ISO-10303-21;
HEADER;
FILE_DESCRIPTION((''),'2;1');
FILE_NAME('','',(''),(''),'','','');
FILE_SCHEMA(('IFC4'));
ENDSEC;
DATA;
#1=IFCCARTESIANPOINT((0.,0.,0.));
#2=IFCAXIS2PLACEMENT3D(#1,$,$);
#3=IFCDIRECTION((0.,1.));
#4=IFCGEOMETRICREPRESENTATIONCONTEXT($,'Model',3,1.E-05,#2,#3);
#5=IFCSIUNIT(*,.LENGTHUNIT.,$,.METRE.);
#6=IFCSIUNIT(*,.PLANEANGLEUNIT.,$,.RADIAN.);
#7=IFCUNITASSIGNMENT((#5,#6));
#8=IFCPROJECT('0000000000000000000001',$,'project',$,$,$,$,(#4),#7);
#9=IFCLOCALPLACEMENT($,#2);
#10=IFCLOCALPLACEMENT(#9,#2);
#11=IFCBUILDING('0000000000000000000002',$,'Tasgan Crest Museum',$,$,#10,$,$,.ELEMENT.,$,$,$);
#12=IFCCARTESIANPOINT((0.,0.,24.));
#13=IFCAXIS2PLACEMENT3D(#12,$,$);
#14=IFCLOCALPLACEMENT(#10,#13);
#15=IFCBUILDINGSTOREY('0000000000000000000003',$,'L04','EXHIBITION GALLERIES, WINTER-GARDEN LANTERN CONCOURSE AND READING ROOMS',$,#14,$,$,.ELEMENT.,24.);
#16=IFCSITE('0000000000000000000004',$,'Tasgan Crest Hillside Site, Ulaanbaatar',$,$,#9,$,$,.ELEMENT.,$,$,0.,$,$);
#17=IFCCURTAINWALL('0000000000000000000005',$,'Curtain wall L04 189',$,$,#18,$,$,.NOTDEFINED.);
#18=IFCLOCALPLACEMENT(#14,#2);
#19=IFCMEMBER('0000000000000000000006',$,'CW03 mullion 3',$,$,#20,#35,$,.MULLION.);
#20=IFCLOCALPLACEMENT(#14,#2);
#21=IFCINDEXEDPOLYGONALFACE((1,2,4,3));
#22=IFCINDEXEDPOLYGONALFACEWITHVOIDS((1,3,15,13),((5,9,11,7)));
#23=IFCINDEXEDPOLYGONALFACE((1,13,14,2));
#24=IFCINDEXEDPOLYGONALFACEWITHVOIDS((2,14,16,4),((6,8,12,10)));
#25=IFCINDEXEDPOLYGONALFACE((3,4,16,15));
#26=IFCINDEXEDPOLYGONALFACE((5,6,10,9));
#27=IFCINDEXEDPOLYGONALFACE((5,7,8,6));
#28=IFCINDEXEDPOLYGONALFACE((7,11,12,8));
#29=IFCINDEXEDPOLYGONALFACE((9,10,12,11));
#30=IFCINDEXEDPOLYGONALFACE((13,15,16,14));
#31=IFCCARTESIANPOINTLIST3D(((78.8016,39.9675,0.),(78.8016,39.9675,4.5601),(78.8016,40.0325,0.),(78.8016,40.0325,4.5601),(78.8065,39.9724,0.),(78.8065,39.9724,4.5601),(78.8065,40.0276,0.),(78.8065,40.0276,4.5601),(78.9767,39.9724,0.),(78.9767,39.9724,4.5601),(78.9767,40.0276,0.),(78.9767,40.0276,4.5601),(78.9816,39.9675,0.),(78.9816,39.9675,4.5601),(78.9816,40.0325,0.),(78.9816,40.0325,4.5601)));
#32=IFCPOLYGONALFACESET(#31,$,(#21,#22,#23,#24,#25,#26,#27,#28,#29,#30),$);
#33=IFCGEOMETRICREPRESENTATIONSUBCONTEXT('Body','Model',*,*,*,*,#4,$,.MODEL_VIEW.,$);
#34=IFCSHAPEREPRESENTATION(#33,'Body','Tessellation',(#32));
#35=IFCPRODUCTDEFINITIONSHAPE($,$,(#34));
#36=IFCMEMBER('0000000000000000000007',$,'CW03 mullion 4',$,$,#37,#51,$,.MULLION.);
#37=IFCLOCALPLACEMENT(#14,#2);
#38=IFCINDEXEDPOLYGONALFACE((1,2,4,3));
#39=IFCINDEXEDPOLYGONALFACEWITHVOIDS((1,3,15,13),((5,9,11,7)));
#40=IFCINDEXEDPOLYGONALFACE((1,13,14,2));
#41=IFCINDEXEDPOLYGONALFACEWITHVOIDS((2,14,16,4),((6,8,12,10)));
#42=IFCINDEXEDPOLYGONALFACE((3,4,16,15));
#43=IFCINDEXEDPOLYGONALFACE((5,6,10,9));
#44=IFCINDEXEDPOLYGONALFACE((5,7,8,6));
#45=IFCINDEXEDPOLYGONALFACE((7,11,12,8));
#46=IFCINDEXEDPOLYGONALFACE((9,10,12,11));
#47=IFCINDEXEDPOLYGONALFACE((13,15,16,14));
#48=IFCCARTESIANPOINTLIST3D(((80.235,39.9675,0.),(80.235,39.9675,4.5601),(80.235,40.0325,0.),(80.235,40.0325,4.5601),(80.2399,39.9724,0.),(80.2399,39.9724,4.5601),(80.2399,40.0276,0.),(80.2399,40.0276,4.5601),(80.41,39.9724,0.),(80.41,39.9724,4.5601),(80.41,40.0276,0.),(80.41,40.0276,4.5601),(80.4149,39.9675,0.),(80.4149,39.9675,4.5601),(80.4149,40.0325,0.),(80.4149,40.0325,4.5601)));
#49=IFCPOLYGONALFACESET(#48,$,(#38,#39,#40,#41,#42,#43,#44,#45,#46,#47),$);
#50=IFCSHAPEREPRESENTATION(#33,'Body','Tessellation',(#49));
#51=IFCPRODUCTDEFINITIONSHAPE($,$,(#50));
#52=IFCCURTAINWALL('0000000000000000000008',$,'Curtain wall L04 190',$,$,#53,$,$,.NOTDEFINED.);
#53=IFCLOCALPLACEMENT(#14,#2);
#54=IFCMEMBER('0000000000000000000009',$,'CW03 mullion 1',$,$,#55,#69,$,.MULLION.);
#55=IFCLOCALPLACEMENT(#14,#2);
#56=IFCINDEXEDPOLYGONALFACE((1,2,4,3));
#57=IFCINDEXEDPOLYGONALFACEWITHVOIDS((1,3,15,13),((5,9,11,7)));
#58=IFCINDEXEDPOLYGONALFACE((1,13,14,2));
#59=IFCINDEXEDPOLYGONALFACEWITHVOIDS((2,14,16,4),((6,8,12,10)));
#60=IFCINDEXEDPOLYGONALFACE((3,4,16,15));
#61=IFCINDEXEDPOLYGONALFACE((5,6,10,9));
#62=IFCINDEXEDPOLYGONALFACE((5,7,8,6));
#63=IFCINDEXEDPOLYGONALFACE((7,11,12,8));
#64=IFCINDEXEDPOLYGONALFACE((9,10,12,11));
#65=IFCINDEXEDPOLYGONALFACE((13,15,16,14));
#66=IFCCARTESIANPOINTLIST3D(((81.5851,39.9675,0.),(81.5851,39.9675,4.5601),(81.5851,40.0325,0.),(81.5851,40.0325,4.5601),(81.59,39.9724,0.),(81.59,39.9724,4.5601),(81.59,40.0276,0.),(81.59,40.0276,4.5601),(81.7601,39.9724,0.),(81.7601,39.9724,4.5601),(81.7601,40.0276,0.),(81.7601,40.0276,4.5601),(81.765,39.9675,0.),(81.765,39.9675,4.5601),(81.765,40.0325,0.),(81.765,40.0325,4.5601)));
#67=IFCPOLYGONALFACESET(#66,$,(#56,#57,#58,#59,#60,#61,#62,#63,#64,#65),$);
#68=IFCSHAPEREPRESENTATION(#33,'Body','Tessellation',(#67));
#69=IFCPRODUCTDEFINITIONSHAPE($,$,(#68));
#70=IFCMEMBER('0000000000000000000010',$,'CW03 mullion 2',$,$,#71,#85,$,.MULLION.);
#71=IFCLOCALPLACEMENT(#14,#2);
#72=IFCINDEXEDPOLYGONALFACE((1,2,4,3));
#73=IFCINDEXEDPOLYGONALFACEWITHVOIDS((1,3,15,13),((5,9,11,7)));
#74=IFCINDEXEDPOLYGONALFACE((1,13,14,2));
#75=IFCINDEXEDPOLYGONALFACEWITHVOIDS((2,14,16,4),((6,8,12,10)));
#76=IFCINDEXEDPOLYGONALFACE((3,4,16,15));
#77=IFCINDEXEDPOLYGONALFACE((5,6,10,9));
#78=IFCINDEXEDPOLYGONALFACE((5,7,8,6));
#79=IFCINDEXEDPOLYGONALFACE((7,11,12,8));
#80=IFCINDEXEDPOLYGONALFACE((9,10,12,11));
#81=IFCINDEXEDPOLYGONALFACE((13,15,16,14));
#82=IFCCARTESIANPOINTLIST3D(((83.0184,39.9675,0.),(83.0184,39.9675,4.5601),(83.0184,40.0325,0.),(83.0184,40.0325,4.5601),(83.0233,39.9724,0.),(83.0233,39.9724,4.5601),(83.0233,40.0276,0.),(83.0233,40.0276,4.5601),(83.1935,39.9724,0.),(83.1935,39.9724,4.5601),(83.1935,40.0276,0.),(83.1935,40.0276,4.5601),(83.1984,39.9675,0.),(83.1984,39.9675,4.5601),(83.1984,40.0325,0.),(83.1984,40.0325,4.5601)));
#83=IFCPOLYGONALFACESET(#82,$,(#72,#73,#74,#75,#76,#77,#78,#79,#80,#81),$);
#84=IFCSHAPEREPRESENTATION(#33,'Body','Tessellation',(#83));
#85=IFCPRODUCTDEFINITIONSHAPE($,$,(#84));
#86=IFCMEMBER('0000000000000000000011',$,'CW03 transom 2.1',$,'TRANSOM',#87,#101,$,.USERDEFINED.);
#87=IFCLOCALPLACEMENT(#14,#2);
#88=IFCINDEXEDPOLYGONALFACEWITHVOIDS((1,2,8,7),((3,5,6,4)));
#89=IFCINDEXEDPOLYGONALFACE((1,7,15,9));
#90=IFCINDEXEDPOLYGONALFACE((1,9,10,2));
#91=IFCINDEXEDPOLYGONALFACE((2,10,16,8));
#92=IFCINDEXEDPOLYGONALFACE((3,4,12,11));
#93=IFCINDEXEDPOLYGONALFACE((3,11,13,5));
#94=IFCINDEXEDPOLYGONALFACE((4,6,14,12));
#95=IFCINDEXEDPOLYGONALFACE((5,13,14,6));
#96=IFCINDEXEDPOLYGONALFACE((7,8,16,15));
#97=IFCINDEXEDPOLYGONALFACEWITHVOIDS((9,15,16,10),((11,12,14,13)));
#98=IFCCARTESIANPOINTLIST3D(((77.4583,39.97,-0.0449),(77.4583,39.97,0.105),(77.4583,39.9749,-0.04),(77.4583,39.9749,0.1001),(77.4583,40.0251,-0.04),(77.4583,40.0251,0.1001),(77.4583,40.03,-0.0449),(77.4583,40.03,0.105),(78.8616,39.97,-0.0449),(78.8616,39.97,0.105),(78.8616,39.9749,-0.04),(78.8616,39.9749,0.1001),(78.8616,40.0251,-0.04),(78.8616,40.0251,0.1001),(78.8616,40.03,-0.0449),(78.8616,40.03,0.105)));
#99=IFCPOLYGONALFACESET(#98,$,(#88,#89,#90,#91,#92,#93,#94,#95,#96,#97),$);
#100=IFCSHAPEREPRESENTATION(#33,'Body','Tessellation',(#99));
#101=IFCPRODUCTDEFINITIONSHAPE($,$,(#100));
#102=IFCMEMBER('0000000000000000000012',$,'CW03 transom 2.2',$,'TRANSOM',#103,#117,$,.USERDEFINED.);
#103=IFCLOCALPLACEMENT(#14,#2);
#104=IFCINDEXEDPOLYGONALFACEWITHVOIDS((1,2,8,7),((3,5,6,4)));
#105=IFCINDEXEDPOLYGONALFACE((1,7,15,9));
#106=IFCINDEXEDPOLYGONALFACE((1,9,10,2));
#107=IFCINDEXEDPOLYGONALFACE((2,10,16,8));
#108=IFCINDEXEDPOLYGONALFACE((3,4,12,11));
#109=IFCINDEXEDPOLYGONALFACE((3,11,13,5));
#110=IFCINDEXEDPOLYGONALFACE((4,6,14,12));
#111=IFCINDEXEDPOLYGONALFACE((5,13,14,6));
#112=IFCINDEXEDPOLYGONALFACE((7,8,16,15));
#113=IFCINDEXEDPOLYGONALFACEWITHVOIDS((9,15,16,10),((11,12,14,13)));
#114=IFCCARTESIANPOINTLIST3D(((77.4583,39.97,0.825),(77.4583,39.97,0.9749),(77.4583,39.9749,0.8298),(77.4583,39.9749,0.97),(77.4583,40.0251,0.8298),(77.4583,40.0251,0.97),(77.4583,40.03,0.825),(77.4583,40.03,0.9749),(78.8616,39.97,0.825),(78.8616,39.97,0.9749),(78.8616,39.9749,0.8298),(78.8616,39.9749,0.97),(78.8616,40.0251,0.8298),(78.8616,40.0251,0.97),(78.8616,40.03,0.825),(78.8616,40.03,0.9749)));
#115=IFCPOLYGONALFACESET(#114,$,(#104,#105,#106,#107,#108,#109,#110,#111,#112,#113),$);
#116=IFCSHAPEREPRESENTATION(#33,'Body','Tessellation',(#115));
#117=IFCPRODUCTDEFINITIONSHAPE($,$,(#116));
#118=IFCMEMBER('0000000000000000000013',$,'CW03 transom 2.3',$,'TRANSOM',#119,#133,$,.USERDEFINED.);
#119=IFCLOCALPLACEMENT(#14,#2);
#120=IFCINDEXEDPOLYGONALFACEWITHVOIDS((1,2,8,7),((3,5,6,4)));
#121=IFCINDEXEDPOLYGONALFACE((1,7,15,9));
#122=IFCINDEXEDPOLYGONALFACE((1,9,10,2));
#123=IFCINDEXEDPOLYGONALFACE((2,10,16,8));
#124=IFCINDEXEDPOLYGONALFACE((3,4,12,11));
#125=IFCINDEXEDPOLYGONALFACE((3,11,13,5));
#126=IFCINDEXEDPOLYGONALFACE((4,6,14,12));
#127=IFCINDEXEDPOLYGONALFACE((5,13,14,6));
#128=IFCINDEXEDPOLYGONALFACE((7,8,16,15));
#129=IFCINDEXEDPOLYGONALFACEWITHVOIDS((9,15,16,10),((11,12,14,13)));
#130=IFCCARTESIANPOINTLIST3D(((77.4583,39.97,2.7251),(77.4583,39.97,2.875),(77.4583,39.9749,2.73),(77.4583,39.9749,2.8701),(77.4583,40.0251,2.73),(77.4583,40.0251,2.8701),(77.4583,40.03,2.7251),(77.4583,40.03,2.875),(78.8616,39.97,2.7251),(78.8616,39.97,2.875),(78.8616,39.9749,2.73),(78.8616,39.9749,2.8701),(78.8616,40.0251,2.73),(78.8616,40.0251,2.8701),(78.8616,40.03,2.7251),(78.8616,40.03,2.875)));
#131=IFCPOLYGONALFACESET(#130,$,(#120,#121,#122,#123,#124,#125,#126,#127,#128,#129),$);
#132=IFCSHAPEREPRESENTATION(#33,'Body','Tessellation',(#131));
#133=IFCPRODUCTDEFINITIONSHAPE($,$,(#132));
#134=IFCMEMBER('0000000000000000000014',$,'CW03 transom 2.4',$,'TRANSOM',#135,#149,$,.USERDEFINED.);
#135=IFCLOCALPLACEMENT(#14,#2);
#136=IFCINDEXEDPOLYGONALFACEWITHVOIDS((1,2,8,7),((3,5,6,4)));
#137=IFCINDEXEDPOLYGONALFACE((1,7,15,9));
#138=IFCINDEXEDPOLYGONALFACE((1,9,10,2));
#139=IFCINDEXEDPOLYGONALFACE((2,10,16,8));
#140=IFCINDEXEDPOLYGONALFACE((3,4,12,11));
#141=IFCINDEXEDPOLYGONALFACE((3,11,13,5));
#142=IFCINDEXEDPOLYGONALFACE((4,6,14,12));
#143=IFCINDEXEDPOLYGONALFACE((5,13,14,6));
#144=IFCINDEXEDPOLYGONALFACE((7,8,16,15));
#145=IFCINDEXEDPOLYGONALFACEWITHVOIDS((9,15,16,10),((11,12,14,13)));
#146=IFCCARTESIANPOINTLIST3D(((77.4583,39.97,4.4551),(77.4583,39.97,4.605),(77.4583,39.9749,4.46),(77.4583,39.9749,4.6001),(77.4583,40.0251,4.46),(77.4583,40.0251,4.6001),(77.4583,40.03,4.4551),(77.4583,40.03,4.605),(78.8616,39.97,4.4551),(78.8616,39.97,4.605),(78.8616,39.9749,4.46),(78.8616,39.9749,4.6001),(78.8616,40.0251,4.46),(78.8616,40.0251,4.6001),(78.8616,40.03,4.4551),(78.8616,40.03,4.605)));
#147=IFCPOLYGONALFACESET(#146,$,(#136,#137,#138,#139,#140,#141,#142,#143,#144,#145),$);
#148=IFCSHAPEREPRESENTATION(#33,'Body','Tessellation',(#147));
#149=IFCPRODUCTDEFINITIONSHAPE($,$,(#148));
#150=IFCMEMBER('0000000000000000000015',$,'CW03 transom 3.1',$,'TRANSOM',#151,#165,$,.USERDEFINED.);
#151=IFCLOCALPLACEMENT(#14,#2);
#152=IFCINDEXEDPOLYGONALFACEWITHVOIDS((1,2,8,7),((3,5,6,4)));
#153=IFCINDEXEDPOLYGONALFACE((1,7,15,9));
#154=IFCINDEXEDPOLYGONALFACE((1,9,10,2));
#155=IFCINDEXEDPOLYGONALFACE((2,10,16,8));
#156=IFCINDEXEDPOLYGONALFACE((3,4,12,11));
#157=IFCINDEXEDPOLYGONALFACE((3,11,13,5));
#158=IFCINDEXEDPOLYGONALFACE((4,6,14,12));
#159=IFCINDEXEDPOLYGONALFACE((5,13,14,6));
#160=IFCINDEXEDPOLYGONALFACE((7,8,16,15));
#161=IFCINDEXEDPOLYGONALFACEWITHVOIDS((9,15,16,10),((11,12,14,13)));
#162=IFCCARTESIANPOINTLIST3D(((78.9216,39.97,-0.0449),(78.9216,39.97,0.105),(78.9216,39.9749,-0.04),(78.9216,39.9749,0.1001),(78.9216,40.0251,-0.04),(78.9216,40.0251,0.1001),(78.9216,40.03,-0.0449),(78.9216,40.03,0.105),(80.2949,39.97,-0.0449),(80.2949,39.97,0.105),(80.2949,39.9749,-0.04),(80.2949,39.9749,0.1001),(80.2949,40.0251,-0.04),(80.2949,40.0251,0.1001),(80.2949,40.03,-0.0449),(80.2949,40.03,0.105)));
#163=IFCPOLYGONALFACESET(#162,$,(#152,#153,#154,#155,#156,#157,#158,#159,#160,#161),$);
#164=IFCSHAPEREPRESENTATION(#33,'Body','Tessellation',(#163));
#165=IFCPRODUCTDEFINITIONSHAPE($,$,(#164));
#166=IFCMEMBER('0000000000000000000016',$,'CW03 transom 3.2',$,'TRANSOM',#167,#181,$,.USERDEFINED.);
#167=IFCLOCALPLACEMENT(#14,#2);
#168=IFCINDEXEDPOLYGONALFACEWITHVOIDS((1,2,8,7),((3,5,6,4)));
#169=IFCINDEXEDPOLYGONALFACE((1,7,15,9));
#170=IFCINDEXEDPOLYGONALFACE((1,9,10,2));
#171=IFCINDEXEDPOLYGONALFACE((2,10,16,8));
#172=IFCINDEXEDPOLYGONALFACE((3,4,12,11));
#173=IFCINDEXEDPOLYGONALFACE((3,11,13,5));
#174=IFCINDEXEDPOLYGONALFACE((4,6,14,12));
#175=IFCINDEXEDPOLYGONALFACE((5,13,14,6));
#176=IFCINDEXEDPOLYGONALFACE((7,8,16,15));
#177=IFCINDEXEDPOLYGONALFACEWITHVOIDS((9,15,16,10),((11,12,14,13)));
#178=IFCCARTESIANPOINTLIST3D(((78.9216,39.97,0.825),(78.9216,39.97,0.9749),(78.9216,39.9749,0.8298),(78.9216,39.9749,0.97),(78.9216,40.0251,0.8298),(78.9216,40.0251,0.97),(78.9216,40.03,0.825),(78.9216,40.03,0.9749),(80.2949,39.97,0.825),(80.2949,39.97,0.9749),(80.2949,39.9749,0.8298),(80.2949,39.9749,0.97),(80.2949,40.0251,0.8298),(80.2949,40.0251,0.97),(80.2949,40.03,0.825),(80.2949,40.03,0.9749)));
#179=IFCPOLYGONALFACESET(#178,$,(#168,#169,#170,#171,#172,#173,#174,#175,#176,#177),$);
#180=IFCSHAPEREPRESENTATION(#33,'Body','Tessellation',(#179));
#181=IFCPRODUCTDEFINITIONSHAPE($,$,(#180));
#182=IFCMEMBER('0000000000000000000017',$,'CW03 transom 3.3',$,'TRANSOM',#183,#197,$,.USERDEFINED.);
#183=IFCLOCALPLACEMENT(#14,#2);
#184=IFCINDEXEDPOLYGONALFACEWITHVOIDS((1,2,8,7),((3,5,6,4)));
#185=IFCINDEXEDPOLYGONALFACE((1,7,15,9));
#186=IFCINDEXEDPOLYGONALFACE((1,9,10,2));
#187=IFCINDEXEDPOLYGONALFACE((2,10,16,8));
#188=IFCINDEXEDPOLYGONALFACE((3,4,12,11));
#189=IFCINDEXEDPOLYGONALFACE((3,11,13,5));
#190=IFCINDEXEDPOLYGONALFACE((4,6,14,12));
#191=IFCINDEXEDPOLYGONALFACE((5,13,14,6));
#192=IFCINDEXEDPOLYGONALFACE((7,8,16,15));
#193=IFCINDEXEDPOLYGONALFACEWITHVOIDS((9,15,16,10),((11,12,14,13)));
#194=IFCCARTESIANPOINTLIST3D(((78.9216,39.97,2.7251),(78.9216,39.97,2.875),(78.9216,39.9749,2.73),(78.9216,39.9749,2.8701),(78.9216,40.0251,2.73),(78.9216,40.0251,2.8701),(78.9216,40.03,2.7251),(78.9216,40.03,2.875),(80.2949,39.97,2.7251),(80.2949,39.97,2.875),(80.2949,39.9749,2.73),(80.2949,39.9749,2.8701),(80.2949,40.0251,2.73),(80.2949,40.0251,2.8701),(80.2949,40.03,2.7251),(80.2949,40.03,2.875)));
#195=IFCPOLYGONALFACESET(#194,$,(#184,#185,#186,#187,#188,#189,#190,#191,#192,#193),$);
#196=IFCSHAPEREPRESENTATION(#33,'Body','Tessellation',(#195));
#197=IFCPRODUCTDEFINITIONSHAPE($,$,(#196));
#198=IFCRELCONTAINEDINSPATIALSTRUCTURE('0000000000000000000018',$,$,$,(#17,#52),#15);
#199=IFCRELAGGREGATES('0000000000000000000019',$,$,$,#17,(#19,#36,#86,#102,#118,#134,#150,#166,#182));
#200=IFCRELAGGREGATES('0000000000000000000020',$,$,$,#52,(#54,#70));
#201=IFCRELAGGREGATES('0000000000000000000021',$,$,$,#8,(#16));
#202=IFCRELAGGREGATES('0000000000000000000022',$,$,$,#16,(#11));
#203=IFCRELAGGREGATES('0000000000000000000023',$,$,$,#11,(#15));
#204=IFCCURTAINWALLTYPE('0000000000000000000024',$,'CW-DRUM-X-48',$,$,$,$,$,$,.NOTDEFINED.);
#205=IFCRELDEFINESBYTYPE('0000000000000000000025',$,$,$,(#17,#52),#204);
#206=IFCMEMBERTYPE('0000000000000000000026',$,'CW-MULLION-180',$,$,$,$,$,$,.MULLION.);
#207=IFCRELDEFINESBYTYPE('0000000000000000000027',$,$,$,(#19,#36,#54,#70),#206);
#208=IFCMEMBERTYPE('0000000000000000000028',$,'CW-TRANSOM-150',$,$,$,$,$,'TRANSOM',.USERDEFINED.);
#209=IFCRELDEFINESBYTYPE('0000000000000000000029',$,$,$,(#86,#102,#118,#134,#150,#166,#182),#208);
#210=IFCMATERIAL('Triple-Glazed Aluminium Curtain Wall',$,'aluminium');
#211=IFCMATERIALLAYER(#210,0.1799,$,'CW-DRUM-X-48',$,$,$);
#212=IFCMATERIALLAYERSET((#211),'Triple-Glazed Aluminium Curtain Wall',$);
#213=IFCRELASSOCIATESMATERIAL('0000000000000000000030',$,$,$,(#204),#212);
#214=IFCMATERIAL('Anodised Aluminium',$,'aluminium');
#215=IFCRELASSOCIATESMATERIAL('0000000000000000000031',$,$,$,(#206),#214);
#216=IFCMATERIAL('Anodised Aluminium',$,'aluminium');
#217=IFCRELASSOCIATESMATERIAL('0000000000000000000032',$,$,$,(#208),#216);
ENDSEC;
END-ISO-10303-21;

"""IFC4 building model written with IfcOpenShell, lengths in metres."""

from ifc_helpers import new_model, si_unit, direction, frame, origin, origin_2d, place, context, subcontext, project, spatial, hollow_rectangle, extrude, material, layer, layer_set, material_profile, profile_set, type_object, element, aggregate, save


model = new_model("IFC4")

# Units and contexts
model_context = context("Model", 3, precision=1e-05, world=origin(), true_north=direction((0.0, 1.0)))
body_context = subcontext(model_context, "Body", "Model", "MODEL_VIEW")
ifc_project = project(units=[si_unit("LENGTHUNIT", "METRE"), si_unit("PLANEANGLEUNIT", "RADIAN")], contexts=[model_context])

# Site, building, storey
site_placement = place(None, origin())
site = spatial("IfcSite", under=ifc_project, at=site_placement, Name="Tasgan Crest Hillside Site, Ulaanbaatar", CompositionType="ELEMENT", RefElevation=0.0)
building_placement = place(site_placement, origin())
building = spatial("IfcBuilding", under=site, at=building_placement, Name="Tasgan Crest Museum", CompositionType="ELEMENT")
storey_placement = place(building_placement, frame((0.0, 0.0, 24.0)))
storey = spatial("IfcBuildingStorey", under=building, at=storey_placement, Name="L04", Description="EXHIBITION GALLERIES, WINTER-GARDEN LANTERN CONCOURSE AND READING ROOMS", CompositionType="ELEMENT", Elevation=24.0)

# Curtain walls, members
ifc_material_1 = material(Name="Triple-Glazed Aluminium Curtain Wall", Category="aluminium")
ifc_layer_1 = layer(ifc_material_1, 0.1799, Name="CW-DRUM-X-48")
ifc_layer_set_1 = layer_set([ifc_layer_1], Name="Triple-Glazed Aluminium Curtain Wall")
curtain_wall_type = type_object("IfcCurtainWallType", Name="CW-DRUM-X-48", PredefinedType="NOTDEFINED", material=ifc_layer_set_1)
curtain_wall_1_placement = place(storey_placement, origin())
curtain_wall_1 = element("IfcCurtainWall", 1, at=curtain_wall_1_placement, inside=storey, type_object=curtain_wall_type, Name="Curtain wall L04 189", PredefinedType="NOTDEFINED")
ifc_material_2 = material(Name="Anodised Aluminium", Category="aluminium")
ifc_material_profile_1 = material_profile(ifc_material_2, hollow_rectangle(XDim=0.0649, YDim=0.1799, WallThickness=0.0049, at=origin_2d()), Name="ALU MULLION 180x65x5")
ifc_profile_set_1 = profile_set([ifc_material_profile_1], Name="Anodised Aluminium")
member_type_1 = type_object("IfcMemberType", Name="CW-MULLION-180", PredefinedType="MULLION", material=ifc_profile_set_1)
member_1_placement = place(storey_placement, frame((78.8916, 40.0, 0.0), z_axis=(0.0, 0.0, 1.0), x_axis=(0.0, 1.0, 0.0)))
member_1 = element("IfcMember", 2, at=member_1_placement, type_object=member_type_1, Name="CW03 mullion 3", PredefinedType="MULLION", context=body_context, shape_type="SweptSolid", body=[
    extrude(hollow_rectangle(XDim=0.0649, YDim=0.1799, WallThickness=0.0049, at=origin_2d()), origin(), (0.0, 0.0, 1.0), 4.5601),
])
member_2_placement = place(storey_placement, frame((80.325, 40.0, 0.0), z_axis=(0.0, 0.0, 1.0), x_axis=(0.0, 1.0, 0.0)))
member_2 = element("IfcMember", 3, at=member_2_placement, type_object=member_type_1, Name="CW03 mullion 4", PredefinedType="MULLION", context=body_context, shape_type="SweptSolid", body=[
    extrude(hollow_rectangle(XDim=0.0649, YDim=0.1799, WallThickness=0.0049, at=origin_2d()), origin(), (0.0, 0.0, 1.0), 4.5601),
])
curtain_wall_2_placement = place(storey_placement, origin())
curtain_wall_2 = element("IfcCurtainWall", 4, at=curtain_wall_2_placement, inside=storey, type_object=curtain_wall_type, Name="Curtain wall L04 190", PredefinedType="NOTDEFINED")
member_3_placement = place(storey_placement, frame((81.675, 40.0, 0.0), z_axis=(0.0, 0.0, 1.0), x_axis=(0.0, 1.0, 0.0)))
member_3 = element("IfcMember", 5, at=member_3_placement, type_object=member_type_1, Name="CW03 mullion 1", PredefinedType="MULLION", context=body_context, shape_type="SweptSolid", body=[
    extrude(hollow_rectangle(XDim=0.0649, YDim=0.1799, WallThickness=0.0049, at=origin_2d()), origin(), (0.0, 0.0, 1.0), 4.5601),
])
member_4_placement = place(storey_placement, frame((83.1084, 40.0, 0.0), z_axis=(0.0, 0.0, 1.0), x_axis=(0.0, 1.0, 0.0)))
member_4 = element("IfcMember", 6, at=member_4_placement, type_object=member_type_1, Name="CW03 mullion 2", PredefinedType="MULLION", context=body_context, shape_type="SweptSolid", body=[
    extrude(hollow_rectangle(XDim=0.0649, YDim=0.1799, WallThickness=0.0049, at=origin_2d()), origin(), (0.0, 0.0, 1.0), 4.5601),
])

# Members
ifc_material_3 = material(Name="Anodised Aluminium", Category="aluminium")
ifc_material_profile_2 = material_profile(ifc_material_3, hollow_rectangle(XDim=0.0601, YDim=0.1499, WallThickness=0.0049, at=origin_2d()), Name="ALU TRANSOM 150x60x5")
ifc_profile_set_2 = profile_set([ifc_material_profile_2], Name="Anodised Aluminium")
member_type_2 = type_object("IfcMemberType", Name="CW-TRANSOM-150", ElementType="TRANSOM", PredefinedType="USERDEFINED", material=ifc_profile_set_2)
member_5_placement = place(storey_placement, frame((77.4583, 40.0, 0.03), z_axis=(1.0, 0.0, 0.0), x_axis=(0.0, 1.0, 0.0)))
member_5 = element("IfcMember", 7, at=member_5_placement, type_object=member_type_2, Name="CW03 transom 2.1", ObjectType="TRANSOM", PredefinedType="USERDEFINED", context=body_context, shape_type="SweptSolid", body=[
    extrude(hollow_rectangle(XDim=0.0601, YDim=0.1499, WallThickness=0.0049, at=origin_2d()), origin(), (0.0, 0.0, 1.0), 1.4033),
])
member_6_placement = place(storey_placement, frame((77.4583, 40.0, 0.8999), z_axis=(1.0, 0.0, 0.0), x_axis=(0.0, 1.0, 0.0)))
member_6 = element("IfcMember", 8, at=member_6_placement, type_object=member_type_2, Name="CW03 transom 2.2", ObjectType="TRANSOM", PredefinedType="USERDEFINED", context=body_context, shape_type="SweptSolid", body=[
    extrude(hollow_rectangle(XDim=0.0601, YDim=0.1499, WallThickness=0.0049, at=origin_2d()), origin(), (0.0, 0.0, 1.0), 1.4033),
])
member_7_placement = place(storey_placement, frame((77.4583, 40.0, 2.8), z_axis=(1.0, 0.0, 0.0), x_axis=(0.0, 1.0, 0.0)))
member_7 = element("IfcMember", 9, at=member_7_placement, type_object=member_type_2, Name="CW03 transom 2.3", ObjectType="TRANSOM", PredefinedType="USERDEFINED", context=body_context, shape_type="SweptSolid", body=[
    extrude(hollow_rectangle(XDim=0.0601, YDim=0.1499, WallThickness=0.0049, at=origin_2d()), origin(), (0.0, 0.0, 1.0), 1.4033),
])
member_8_placement = place(storey_placement, frame((77.4583, 40.0, 4.53), z_axis=(1.0, 0.0, 0.0), x_axis=(0.0, 1.0, 0.0)))
member_8 = element("IfcMember", 10, at=member_8_placement, type_object=member_type_2, Name="CW03 transom 2.4", ObjectType="TRANSOM", PredefinedType="USERDEFINED", context=body_context, shape_type="SweptSolid", body=[
    extrude(hollow_rectangle(XDim=0.0601, YDim=0.1499, WallThickness=0.0049, at=origin_2d()), origin(), (0.0, 0.0, 1.0), 1.4033),
])
member_9_placement = place(storey_placement, frame((78.9216, 40.0, 0.03), z_axis=(1.0, 0.0, 0.0), x_axis=(0.0, 1.0, 0.0)))
member_9 = element("IfcMember", 11, at=member_9_placement, type_object=member_type_2, Name="CW03 transom 3.1", ObjectType="TRANSOM", PredefinedType="USERDEFINED", context=body_context, shape_type="SweptSolid", body=[
    extrude(hollow_rectangle(XDim=0.0601, YDim=0.1499, WallThickness=0.0049, at=origin_2d()), origin(), (0.0, 0.0, 1.0), 1.3733),
])
member_10_placement = place(storey_placement, frame((78.9216, 40.0, 0.8999), z_axis=(1.0, 0.0, 0.0), x_axis=(0.0, 1.0, 0.0)))
member_10 = element("IfcMember", 12, at=member_10_placement, type_object=member_type_2, Name="CW03 transom 3.2", ObjectType="TRANSOM", PredefinedType="USERDEFINED", context=body_context, shape_type="SweptSolid", body=[
    extrude(hollow_rectangle(XDim=0.0601, YDim=0.1499, WallThickness=0.0049, at=origin_2d()), origin(), (0.0, 0.0, 1.0), 1.3733),
])
member_11_placement = place(storey_placement, frame((78.9216, 40.0, 2.8), z_axis=(1.0, 0.0, 0.0), x_axis=(0.0, 1.0, 0.0)))
member_11 = element("IfcMember", 13, at=member_11_placement, type_object=member_type_2, Name="CW03 transom 3.3", ObjectType="TRANSOM", PredefinedType="USERDEFINED", context=body_context, shape_type="SweptSolid", body=[
    extrude(hollow_rectangle(XDim=0.0601, YDim=0.1499, WallThickness=0.0049, at=origin_2d()), origin(), (0.0, 0.0, 1.0), 1.3733),
])

aggregate(curtain_wall_1, [member_1, member_2, member_5, member_6, member_7, member_8, member_9, member_10, member_11])
aggregate(curtain_wall_2, [member_3, member_4])

save(model, "model.ifc")
